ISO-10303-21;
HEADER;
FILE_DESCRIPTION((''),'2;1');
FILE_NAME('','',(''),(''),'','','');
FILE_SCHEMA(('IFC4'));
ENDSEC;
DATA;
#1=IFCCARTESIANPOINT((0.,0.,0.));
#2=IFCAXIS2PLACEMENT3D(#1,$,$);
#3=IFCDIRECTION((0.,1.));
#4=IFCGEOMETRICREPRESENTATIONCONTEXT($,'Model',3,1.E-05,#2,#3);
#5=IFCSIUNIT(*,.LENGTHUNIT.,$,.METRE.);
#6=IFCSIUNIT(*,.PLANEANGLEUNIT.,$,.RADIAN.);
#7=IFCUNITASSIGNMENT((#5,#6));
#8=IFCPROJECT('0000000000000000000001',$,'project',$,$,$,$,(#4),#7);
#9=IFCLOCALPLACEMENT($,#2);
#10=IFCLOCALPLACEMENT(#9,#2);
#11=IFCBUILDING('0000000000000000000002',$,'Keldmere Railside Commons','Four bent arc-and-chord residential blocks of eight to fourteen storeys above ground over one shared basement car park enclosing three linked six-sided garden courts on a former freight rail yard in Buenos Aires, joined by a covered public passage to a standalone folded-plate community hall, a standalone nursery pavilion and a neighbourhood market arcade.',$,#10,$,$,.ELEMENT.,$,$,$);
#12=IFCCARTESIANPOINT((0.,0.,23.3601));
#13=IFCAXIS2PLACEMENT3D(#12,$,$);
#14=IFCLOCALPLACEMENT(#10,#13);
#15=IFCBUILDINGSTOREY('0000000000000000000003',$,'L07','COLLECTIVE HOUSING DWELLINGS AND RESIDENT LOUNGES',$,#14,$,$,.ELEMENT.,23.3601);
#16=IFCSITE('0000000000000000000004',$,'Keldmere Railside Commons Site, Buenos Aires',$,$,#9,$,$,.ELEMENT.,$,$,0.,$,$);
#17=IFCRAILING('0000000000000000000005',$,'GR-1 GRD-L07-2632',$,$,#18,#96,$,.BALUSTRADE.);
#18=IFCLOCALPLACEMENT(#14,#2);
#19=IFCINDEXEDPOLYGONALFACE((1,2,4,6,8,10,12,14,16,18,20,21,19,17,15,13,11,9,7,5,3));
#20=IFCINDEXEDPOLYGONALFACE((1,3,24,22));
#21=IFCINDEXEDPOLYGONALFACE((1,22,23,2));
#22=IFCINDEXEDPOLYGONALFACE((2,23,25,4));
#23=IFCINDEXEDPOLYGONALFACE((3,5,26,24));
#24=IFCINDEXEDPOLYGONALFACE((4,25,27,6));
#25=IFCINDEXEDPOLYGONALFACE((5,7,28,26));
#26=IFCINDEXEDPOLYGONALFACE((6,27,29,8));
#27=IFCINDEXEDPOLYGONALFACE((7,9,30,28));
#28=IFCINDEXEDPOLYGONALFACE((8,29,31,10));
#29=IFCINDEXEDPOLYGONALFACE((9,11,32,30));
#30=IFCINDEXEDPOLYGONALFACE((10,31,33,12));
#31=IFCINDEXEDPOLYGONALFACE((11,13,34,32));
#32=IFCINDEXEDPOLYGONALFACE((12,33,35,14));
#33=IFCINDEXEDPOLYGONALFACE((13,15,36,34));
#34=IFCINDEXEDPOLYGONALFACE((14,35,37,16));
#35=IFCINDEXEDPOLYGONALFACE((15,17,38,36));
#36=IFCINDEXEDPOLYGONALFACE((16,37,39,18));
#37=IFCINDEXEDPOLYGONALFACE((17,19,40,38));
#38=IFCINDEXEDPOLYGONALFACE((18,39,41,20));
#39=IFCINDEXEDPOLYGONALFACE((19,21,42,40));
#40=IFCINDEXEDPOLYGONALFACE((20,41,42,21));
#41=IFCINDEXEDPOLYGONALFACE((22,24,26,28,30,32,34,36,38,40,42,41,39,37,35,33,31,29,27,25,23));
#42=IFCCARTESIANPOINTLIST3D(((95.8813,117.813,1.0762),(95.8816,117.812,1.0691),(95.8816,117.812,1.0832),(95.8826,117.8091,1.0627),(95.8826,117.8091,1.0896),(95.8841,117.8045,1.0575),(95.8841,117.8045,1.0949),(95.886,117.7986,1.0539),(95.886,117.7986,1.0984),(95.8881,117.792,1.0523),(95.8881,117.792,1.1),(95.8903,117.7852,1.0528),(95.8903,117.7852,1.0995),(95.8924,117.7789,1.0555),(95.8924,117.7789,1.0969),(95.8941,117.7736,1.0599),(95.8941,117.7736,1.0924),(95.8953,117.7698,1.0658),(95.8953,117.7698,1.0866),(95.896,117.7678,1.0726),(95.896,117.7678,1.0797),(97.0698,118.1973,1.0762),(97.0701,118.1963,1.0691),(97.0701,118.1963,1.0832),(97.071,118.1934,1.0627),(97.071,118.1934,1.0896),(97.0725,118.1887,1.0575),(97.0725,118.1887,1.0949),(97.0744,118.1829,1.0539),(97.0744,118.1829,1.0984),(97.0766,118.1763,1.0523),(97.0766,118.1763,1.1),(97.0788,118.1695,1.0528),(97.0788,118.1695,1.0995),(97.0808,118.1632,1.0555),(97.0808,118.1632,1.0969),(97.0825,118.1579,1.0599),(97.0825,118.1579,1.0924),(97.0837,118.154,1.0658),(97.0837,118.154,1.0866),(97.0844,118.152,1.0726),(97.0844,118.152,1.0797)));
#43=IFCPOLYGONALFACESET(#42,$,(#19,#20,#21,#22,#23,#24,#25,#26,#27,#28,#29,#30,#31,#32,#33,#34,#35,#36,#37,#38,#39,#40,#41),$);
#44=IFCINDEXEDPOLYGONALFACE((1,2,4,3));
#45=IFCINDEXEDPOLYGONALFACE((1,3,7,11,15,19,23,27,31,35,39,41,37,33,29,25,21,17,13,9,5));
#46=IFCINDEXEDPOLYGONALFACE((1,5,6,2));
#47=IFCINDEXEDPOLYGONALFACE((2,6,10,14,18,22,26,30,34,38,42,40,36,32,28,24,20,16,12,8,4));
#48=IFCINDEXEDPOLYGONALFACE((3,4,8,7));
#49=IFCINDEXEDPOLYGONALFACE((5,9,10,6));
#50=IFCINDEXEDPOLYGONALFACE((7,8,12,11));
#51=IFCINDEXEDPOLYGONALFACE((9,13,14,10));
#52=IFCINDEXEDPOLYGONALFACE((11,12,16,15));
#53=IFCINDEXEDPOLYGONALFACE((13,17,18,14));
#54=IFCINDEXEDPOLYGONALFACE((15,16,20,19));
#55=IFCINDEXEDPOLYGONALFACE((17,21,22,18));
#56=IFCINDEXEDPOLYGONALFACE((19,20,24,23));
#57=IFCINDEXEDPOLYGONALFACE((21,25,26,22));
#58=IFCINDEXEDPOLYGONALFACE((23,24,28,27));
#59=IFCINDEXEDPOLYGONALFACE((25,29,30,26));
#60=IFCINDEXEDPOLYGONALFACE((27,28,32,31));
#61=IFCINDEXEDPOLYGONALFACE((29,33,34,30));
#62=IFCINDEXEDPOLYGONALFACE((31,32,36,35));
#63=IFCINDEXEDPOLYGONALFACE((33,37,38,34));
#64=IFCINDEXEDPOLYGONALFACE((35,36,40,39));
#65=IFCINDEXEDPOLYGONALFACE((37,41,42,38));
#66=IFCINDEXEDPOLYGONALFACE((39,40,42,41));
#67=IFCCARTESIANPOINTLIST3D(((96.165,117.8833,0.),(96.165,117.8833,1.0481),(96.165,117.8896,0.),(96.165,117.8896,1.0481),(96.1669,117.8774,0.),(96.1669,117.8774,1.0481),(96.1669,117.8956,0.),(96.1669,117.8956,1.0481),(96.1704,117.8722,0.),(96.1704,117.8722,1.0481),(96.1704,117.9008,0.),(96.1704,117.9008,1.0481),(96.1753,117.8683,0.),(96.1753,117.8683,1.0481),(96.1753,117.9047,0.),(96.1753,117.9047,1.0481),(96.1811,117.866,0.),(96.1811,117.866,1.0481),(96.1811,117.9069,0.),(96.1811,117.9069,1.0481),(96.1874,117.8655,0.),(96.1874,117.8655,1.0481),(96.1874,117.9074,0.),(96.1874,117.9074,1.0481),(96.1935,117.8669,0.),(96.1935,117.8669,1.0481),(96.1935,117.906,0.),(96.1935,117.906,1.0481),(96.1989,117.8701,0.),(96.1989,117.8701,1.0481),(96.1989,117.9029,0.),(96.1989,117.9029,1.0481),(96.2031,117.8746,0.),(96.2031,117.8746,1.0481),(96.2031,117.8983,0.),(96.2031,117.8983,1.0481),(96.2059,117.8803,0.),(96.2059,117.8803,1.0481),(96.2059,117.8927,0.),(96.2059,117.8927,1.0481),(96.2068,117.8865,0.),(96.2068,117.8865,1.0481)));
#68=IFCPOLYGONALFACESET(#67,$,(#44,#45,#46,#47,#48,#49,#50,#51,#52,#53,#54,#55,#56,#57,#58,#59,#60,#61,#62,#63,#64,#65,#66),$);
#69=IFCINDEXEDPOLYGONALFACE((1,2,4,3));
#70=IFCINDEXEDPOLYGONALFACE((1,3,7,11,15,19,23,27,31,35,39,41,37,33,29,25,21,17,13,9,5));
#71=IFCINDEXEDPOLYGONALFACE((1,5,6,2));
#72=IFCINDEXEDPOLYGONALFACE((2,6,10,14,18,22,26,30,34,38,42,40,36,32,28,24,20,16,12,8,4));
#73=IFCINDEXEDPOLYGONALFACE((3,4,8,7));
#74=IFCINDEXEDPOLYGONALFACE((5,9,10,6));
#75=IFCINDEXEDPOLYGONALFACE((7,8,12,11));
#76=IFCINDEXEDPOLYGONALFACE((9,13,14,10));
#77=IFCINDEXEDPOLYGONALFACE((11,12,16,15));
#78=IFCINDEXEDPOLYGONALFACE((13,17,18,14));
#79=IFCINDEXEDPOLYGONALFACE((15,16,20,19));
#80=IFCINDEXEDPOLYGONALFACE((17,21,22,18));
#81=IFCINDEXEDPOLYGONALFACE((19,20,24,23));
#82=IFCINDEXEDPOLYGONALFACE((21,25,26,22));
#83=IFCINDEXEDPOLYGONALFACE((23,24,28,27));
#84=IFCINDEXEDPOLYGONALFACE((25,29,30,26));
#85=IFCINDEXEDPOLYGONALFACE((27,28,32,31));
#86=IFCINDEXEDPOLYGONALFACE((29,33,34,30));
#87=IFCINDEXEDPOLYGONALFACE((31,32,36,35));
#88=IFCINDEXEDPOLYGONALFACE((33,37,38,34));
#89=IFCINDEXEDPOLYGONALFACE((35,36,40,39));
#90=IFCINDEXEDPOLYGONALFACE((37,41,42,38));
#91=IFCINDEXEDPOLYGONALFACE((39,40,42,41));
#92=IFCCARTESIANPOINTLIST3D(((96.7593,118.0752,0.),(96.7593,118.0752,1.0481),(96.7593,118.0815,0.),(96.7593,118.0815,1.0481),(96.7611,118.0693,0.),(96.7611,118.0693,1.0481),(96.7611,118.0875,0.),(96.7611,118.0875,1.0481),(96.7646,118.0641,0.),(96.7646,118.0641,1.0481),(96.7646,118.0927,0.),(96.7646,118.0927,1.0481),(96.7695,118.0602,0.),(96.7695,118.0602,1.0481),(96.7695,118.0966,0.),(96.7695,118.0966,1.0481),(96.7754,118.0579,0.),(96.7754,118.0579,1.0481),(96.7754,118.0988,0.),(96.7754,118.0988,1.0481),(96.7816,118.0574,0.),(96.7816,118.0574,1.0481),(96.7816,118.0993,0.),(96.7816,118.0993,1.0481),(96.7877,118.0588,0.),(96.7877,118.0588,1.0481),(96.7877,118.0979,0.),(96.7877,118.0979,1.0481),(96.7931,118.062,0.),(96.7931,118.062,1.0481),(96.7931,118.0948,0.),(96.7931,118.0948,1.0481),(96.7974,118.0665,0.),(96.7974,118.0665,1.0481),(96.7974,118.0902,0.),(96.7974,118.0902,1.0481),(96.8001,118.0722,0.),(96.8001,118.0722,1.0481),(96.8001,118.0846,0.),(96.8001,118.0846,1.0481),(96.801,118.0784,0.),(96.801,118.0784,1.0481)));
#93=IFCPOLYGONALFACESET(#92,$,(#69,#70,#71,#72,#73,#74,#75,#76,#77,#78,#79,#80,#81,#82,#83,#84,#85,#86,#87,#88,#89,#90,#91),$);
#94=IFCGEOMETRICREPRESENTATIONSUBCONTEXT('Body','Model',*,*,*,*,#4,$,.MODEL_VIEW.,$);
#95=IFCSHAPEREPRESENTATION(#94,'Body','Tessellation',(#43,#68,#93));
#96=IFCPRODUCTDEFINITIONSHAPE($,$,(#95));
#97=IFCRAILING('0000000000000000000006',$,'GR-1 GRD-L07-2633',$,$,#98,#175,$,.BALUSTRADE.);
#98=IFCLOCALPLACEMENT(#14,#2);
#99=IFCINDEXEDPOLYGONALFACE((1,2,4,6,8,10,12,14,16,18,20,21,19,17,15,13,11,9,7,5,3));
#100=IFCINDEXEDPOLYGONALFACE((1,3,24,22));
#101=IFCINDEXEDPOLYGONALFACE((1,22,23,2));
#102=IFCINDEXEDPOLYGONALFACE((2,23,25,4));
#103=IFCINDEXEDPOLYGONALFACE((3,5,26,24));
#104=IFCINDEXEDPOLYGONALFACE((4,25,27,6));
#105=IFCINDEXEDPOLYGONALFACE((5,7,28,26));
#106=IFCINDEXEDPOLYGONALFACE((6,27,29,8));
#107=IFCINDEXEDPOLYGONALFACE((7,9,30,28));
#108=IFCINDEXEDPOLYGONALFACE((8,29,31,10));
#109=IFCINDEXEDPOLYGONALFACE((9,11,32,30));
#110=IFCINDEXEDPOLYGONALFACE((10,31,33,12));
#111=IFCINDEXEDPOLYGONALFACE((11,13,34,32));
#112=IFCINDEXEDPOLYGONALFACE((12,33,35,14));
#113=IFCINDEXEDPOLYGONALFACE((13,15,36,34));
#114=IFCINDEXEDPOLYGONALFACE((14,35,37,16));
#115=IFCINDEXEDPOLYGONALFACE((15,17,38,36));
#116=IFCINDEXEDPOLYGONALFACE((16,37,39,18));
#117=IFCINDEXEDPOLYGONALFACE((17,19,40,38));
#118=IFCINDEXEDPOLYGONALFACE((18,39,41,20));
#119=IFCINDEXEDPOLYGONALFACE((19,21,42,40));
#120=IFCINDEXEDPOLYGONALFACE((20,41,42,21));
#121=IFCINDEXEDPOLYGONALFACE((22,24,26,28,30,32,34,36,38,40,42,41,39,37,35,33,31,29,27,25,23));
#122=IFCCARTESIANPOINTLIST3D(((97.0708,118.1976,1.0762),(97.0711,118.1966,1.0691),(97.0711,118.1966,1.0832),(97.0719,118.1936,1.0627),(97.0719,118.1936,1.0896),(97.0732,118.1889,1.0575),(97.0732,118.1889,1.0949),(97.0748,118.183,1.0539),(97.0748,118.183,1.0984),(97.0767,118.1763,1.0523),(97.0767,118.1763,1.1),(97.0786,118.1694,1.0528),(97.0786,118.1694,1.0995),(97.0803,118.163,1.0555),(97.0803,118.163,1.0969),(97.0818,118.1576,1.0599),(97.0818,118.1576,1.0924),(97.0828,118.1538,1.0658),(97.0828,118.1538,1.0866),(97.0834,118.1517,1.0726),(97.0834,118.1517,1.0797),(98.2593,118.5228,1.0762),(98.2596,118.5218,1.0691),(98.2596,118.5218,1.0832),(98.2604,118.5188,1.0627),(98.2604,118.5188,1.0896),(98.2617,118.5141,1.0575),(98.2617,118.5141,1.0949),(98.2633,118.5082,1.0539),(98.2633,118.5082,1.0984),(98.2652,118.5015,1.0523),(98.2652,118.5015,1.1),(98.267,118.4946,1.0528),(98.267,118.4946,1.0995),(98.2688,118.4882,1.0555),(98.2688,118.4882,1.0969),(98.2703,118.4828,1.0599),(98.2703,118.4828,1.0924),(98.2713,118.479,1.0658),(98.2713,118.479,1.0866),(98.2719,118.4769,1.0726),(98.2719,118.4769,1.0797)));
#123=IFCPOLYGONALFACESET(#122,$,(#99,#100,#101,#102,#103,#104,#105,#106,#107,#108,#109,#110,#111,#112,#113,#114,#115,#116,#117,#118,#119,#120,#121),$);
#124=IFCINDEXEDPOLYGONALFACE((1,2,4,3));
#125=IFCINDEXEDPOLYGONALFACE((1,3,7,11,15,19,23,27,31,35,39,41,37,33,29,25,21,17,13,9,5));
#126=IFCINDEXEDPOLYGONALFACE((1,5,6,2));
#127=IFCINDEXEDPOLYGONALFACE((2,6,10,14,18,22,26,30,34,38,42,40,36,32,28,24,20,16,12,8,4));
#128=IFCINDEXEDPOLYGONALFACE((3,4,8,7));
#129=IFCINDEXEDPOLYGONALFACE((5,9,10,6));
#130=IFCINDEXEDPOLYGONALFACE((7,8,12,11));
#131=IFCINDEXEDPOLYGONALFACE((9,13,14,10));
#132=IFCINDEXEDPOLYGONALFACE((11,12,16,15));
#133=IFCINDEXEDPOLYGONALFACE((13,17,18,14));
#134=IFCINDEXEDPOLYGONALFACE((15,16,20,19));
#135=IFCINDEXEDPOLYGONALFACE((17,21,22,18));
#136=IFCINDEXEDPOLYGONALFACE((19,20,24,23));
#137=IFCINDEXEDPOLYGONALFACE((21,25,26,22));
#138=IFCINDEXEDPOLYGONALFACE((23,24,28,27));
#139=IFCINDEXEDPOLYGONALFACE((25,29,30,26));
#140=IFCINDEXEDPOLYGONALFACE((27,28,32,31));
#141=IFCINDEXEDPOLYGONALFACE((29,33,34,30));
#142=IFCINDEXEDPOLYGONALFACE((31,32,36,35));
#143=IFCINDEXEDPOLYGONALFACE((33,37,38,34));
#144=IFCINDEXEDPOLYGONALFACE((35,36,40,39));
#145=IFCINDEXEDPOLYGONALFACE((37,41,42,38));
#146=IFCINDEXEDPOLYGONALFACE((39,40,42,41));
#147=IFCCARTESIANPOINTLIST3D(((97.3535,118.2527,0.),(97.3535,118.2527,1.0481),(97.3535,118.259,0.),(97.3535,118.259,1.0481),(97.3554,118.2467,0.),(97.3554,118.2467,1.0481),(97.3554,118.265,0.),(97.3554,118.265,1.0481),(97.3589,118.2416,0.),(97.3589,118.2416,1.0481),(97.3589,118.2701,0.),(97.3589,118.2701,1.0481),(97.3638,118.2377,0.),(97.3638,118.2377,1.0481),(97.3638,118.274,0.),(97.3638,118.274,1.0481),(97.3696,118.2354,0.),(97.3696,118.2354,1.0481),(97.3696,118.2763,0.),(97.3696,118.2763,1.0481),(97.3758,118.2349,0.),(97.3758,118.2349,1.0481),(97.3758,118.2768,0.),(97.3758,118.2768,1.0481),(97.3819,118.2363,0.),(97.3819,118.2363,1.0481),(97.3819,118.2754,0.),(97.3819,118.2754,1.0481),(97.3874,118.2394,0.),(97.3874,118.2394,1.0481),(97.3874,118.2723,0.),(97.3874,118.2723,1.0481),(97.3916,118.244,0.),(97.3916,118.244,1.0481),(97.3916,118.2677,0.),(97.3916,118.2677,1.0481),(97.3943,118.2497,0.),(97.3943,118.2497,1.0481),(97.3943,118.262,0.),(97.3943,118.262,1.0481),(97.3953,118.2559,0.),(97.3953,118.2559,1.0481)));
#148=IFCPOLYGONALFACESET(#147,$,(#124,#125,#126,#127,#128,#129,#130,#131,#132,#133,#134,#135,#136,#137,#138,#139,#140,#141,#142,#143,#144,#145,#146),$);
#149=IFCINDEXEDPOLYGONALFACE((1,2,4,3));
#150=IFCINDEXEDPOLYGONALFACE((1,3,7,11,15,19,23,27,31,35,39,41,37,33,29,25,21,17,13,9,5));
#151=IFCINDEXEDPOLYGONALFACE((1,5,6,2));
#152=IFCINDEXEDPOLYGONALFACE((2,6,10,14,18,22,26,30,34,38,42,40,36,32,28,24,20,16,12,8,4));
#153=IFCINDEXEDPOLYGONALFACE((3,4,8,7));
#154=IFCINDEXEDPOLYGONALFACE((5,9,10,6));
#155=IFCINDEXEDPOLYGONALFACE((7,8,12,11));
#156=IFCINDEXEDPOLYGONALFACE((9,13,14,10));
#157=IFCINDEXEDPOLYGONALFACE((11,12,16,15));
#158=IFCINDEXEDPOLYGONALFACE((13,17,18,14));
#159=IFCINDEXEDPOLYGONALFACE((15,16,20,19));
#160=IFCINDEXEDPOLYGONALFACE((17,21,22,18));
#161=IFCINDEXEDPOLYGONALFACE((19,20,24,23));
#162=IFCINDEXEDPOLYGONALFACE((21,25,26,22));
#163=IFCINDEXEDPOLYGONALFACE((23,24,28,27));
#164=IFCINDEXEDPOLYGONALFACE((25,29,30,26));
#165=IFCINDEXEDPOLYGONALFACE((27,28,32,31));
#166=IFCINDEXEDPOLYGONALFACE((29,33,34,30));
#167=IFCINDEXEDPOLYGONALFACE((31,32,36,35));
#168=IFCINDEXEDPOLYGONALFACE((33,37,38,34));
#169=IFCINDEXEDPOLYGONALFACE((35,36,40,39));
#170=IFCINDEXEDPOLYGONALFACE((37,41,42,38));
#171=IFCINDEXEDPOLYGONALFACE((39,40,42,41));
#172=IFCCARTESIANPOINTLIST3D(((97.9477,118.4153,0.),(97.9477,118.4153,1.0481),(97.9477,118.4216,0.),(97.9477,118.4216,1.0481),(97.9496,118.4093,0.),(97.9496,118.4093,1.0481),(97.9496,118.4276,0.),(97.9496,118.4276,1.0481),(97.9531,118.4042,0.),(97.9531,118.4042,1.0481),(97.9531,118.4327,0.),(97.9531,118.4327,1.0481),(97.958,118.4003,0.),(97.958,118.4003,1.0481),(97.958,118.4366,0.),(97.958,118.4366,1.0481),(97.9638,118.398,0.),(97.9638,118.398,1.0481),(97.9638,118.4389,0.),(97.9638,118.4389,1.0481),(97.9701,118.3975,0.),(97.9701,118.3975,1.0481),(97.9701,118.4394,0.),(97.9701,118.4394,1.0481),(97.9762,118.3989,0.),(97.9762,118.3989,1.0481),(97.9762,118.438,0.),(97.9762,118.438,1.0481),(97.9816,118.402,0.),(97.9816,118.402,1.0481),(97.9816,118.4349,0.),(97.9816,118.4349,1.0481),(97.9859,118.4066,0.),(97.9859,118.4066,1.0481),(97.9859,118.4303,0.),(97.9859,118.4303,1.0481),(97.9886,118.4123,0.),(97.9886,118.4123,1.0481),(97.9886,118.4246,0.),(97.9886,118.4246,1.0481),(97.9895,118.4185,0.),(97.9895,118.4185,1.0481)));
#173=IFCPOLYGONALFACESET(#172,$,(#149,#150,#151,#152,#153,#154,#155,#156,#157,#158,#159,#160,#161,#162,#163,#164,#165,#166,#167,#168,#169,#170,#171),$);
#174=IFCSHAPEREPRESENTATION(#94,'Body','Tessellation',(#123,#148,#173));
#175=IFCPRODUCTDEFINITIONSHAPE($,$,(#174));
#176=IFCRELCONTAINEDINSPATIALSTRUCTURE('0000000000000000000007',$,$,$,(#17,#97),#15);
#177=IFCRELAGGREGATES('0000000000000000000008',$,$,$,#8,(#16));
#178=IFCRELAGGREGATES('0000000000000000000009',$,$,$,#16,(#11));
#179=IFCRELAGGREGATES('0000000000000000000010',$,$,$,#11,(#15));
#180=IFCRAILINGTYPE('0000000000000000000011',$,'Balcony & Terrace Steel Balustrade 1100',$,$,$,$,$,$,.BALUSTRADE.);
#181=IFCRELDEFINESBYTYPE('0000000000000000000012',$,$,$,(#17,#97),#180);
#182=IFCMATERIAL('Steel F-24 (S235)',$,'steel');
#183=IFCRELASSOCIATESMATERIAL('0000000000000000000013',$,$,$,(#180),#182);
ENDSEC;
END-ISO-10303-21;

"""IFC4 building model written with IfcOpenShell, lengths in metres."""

from ifc_helpers import new_model, si_unit, direction, frame, origin, origin_2d, place, context, subcontext, project, spatial, circle, extrude, material, type_object, element, save


model = new_model("IFC4")

# Units and contexts
model_context = context("Model", 3, precision=1e-05, world=origin(), true_north=direction((0.0, 1.0)))
body_context = subcontext(model_context, "Body", "Model", "MODEL_VIEW")
ifc_project = project(units=[si_unit("LENGTHUNIT", "METRE"), si_unit("PLANEANGLEUNIT", "RADIAN")], contexts=[model_context])

# Site, building, storey
site_placement = place(None, origin())
site = spatial("IfcSite", under=ifc_project, at=site_placement, Name="Keldmere Railside Commons Site, Buenos Aires", CompositionType="ELEMENT", RefElevation=0.0)
building_placement = place(site_placement, origin())
building = spatial("IfcBuilding", under=site, at=building_placement, Name="Keldmere Railside Commons", Description="Four bent arc-and-chord residential blocks of eight to fourteen storeys above ground over one shared basement car park enclosing three linked six-sided garden courts on a former freight rail yard in Buenos Aires, joined by a covered public passage to a standalone folded-plate community hall, a standalone nursery pavilion and a neighbourhood market arcade.", CompositionType="ELEMENT")
storey_placement = place(building_placement, frame((0.0, 0.0, 23.3601)))
storey = spatial("IfcBuildingStorey", under=building, at=storey_placement, Name="L07", Description="COLLECTIVE HOUSING DWELLINGS AND RESIDENT LOUNGES", CompositionType="ELEMENT", Elevation=23.3601)

# Railings
ifc_material_1 = material(Name="Steel F-24 (S235)", Category="steel")
railing_type = type_object("IfcRailingType", Name="Balcony & Terrace Steel Balustrade 1100", PredefinedType="BALUSTRADE", material=ifc_material_1)
railing_1_placement = place(storey_placement, frame((95.8887, 117.7903, 0.0)))
element("IfcRailing", 1, at=railing_1_placement, inside=storey, type_object=railing_type, Name="GR-1 GRD-L07-2632", PredefinedType="BALUSTRADE", context=body_context, shape_type="SweptSolid", body=[
    extrude(circle(Radius=0.0239, at=origin_2d()), frame((0.0, 0.0, 1.0762), z_axis=(0.951498, 0.307654, 0.0), x_axis=(-0.307654, 0.951498, 0.0)), (0.0, 0.0, 1.0), 1.249),
    extrude(circle(Radius=0.021, at=origin_2d()), frame((0.2971, 0.0962, 0.0)), (0.0, 0.0, 1.0), 1.0481),
    extrude(circle(Radius=0.021, at=origin_2d()), frame((0.8914, 0.2881, 0.0)), (0.0, 0.0, 1.0), 1.0481),
])
railing_2_placement = place(storey_placement, frame((97.0771, 118.1746, 0.0)))
element("IfcRailing", 2, at=railing_2_placement, inside=storey, type_object=railing_type, Name="GR-1 GRD-L07-2633", PredefinedType="BALUSTRADE", context=body_context, shape_type="SweptSolid", body=[
    extrude(circle(Radius=0.0239, at=origin_2d()), frame((0.0, 0.0, 1.0762), z_axis=(0.964544, 0.263922, 0.0), x_axis=(-0.263922, 0.964544, 0.0)), (0.0, 0.0, 1.0), 1.2322),
    extrude(circle(Radius=0.021, at=origin_2d()), frame((0.2971, 0.0813, 0.0)), (0.0, 0.0, 1.0), 1.0481),
    extrude(circle(Radius=0.021, at=origin_2d()), frame((0.8914, 0.2439, 0.0)), (0.0, 0.0, 1.0), 1.0481),
])

save(model, "model.ifc")
